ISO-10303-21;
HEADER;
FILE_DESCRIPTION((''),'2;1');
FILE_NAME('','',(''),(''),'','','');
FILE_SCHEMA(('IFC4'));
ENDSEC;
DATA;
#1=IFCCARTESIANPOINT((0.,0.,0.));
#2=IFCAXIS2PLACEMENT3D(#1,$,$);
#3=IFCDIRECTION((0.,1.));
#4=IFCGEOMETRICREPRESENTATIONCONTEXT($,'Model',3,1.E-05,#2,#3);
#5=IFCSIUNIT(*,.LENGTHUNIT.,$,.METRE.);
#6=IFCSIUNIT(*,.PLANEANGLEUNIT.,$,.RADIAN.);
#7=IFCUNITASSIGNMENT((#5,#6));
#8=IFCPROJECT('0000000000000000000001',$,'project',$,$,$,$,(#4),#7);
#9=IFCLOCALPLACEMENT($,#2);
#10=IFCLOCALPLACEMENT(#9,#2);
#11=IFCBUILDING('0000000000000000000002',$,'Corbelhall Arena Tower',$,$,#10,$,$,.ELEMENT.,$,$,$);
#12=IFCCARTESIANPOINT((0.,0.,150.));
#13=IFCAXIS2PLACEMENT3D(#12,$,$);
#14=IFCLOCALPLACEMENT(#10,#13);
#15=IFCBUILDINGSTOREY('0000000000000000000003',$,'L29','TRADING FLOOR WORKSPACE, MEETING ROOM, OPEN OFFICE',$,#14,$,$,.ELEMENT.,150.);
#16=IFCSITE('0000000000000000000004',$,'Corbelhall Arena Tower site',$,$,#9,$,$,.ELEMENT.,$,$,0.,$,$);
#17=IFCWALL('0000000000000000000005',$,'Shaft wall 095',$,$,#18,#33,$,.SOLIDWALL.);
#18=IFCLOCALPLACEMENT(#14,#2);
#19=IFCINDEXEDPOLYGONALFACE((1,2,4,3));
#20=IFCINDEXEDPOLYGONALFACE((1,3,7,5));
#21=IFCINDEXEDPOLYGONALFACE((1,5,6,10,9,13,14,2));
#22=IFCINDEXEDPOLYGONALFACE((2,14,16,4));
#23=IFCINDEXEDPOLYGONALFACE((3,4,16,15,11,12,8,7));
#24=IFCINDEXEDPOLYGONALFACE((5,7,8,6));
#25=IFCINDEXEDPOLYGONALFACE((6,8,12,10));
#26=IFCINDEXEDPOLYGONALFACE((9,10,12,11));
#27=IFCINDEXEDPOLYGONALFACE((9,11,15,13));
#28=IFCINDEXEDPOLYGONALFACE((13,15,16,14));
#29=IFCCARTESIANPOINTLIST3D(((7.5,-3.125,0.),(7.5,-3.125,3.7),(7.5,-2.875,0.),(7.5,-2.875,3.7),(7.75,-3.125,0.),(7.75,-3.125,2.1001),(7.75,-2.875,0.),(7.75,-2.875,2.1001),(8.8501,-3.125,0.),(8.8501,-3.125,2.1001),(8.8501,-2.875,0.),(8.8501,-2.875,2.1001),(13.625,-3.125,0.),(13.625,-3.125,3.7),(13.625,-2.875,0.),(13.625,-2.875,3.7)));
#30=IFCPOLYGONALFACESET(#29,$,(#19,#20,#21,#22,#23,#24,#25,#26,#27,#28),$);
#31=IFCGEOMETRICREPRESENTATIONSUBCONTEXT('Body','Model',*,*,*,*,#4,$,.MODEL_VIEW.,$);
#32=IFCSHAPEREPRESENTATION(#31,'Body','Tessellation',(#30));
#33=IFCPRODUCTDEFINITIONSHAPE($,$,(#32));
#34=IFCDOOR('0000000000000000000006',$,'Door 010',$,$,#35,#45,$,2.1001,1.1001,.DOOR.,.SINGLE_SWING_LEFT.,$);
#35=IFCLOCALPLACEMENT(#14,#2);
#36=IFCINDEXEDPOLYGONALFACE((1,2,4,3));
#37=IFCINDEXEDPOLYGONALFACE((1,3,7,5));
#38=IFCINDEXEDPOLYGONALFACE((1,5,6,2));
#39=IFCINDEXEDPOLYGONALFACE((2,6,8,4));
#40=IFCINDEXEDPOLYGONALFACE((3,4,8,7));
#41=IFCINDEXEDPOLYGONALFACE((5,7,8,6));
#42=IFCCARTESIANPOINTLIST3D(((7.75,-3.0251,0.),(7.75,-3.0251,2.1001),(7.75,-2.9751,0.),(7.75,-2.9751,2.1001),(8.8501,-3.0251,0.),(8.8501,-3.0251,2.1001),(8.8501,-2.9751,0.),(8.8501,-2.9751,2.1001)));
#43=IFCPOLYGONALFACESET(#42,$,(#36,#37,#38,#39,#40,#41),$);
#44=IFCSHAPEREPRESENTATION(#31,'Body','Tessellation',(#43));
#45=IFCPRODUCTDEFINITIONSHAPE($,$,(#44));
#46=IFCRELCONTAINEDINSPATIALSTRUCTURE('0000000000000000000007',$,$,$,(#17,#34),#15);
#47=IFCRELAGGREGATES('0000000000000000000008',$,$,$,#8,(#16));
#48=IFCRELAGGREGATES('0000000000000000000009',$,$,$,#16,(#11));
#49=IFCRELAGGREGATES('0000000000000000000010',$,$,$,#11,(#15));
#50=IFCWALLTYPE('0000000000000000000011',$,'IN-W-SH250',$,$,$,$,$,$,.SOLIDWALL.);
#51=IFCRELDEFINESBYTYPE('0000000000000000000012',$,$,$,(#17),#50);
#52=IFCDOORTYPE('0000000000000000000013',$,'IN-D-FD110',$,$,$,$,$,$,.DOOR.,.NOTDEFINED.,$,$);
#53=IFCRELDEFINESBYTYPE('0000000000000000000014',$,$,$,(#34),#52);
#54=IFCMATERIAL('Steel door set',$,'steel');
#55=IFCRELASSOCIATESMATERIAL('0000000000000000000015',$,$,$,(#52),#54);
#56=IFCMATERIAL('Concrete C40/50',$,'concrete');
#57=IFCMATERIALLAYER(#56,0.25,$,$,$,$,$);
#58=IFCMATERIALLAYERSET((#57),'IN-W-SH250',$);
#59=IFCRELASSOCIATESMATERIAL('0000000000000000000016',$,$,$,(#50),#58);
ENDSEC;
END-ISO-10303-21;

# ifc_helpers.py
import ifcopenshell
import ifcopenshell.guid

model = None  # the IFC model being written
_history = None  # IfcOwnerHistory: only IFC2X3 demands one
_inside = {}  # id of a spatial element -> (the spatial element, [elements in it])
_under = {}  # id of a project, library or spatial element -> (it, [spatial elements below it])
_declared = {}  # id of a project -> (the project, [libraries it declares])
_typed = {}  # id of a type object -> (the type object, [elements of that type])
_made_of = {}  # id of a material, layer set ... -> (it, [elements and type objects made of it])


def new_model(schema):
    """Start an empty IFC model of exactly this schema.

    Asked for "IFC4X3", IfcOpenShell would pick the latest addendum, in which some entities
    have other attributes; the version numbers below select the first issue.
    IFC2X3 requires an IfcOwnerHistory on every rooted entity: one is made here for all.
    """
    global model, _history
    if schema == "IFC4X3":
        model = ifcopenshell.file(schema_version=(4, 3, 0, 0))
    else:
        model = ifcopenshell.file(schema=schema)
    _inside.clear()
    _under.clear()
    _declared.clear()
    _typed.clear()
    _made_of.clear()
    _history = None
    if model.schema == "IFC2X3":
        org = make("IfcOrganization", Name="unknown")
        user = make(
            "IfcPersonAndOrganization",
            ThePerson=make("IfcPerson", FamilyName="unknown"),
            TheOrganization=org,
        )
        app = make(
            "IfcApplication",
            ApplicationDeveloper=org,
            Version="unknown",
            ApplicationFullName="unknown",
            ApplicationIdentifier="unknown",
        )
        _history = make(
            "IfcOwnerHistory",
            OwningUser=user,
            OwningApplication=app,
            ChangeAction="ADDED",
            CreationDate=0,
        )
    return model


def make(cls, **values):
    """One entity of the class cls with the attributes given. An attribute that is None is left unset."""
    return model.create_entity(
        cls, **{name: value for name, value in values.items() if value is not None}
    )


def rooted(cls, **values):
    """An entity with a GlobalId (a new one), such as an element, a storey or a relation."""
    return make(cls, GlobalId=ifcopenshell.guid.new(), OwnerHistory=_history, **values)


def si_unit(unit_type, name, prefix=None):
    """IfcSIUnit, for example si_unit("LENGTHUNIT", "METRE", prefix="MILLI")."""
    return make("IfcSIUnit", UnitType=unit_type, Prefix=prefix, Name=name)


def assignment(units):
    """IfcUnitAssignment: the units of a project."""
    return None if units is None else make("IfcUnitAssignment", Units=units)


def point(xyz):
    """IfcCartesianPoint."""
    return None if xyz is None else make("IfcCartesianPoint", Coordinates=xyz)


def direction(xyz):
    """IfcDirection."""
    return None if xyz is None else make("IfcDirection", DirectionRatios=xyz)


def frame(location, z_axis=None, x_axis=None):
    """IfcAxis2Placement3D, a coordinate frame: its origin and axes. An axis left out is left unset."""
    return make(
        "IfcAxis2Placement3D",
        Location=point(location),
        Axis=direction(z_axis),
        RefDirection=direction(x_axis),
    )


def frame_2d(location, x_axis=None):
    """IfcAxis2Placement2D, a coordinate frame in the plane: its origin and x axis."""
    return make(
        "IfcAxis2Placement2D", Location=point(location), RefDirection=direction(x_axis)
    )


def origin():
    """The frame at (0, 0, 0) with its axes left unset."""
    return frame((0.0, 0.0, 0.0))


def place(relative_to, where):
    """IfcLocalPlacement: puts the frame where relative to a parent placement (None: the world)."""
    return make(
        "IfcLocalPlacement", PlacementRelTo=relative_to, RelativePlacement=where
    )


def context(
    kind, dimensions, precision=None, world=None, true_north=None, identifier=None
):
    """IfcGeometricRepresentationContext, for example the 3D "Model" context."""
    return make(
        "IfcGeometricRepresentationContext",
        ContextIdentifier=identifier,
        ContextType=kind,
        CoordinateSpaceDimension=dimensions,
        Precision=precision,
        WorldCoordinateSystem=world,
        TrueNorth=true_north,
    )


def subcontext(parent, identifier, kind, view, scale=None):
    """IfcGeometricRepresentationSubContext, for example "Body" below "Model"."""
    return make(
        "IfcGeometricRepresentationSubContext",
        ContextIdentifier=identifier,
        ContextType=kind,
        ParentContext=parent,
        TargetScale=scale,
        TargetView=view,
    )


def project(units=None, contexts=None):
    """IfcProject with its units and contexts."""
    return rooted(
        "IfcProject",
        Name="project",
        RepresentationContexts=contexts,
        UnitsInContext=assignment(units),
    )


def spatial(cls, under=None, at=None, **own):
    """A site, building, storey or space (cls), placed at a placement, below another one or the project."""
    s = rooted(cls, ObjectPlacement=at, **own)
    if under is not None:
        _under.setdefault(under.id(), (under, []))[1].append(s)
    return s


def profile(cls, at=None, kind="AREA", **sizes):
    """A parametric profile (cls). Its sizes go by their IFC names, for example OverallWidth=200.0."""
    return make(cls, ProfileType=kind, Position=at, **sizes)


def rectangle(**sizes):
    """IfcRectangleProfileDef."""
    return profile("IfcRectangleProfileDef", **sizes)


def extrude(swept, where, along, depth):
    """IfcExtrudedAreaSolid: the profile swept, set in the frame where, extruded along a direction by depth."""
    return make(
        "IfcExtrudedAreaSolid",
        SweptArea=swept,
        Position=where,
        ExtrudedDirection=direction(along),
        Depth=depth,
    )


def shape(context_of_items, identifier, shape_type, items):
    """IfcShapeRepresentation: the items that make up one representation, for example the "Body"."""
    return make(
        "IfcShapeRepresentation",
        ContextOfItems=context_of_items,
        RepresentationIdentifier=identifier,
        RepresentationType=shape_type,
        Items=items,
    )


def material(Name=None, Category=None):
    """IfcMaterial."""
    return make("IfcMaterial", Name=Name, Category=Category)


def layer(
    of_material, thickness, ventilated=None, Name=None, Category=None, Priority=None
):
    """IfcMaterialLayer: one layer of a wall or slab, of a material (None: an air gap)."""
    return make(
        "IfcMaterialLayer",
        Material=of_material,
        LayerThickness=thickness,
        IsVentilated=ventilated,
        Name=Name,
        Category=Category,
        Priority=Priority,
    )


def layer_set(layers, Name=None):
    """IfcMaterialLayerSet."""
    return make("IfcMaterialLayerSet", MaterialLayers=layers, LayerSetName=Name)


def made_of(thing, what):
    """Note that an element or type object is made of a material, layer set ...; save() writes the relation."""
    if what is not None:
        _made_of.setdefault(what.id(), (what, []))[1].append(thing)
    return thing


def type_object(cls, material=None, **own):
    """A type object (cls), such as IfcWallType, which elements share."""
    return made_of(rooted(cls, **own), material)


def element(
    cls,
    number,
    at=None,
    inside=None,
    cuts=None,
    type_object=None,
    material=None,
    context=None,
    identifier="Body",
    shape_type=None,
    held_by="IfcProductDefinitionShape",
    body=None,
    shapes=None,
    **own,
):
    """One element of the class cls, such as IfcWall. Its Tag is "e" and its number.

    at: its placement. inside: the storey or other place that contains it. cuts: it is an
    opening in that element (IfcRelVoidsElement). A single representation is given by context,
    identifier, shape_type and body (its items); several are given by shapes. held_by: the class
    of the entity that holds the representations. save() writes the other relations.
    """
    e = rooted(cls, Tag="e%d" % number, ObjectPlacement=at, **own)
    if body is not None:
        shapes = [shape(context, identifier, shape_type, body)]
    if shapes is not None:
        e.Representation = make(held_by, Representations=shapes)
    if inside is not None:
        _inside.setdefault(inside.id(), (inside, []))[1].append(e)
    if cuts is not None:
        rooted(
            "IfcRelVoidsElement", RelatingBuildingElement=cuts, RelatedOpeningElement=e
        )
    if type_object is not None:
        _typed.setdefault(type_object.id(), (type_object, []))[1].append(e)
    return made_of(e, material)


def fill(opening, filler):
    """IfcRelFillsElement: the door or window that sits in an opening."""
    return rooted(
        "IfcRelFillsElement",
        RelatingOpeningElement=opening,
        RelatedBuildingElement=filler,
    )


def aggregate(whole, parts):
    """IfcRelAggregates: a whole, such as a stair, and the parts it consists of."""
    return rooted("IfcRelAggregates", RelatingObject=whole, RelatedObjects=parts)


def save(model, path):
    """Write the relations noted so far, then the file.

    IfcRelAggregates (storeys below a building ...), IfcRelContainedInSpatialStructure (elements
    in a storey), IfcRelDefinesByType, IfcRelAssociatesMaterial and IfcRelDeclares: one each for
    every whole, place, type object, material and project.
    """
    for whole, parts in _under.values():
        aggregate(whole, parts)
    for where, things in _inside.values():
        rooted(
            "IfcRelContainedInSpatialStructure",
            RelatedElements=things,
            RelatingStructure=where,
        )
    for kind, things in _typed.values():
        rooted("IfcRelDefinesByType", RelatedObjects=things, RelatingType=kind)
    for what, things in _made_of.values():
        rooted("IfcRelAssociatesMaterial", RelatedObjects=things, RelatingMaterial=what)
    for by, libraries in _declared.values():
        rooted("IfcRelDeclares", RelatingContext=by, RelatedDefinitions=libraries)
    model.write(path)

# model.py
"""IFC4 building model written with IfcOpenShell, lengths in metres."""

from ifc_helpers import new_model, si_unit, direction, frame, frame_2d, origin, place, context, subcontext, project, spatial, rectangle, extrude, material, layer, layer_set, type_object, element, fill, save


model = new_model("IFC4")

# Units and contexts
model_context = context("Model", 3, precision=1e-05, world=origin(), true_north=direction((0.0, 1.0)))
body_context = subcontext(model_context, "Body", "Model", "MODEL_VIEW")
ifc_project = project(units=[si_unit("LENGTHUNIT", "METRE"), si_unit("PLANEANGLEUNIT", "RADIAN")], contexts=[model_context])

# Site, building, storey
site_placement = place(None, origin())
site = spatial("IfcSite", under=ifc_project, at=site_placement, Name="Corbelhall Arena Tower site", CompositionType="ELEMENT", RefElevation=0.0)
building_placement = place(site_placement, origin())
building = spatial("IfcBuilding", under=site, at=building_placement, Name="Corbelhall Arena Tower", CompositionType="ELEMENT")
storey_placement = place(building_placement, frame((0.0, 0.0, 150.0)))
storey = spatial("IfcBuildingStorey", under=building, at=storey_placement, Name="L29", Description="TRADING FLOOR WORKSPACE, MEETING ROOM, OPEN OFFICE", CompositionType="ELEMENT", Elevation=150.0)

# Shared definitions
ifc_material_1 = material(Name="Concrete C40/50", Category="concrete")

# Shared definitions
ifc_material_2 = material(Name="Steel door set", Category="steel")
door_type = type_object("IfcDoorType", Name="IN-D-FD110", OperationType="NOTDEFINED", PredefinedType="DOOR", material=ifc_material_2)

# Wall, opening, door
ifc_layer_1 = layer(ifc_material_1, 0.25)
ifc_layer_set_1 = layer_set([ifc_layer_1], Name="IN-W-SH250")
wall_type_1 = type_object("IfcWallType", Name="IN-W-SH250", PredefinedType="SOLIDWALL", material=ifc_layer_set_1)
wall_1_placement = place(storey_placement, frame((7.5, -3.0, 0.0), z_axis=(0.0, 0.0, 1.0), x_axis=(1.0, 0.0, 0.0)))
wall_1 = element("IfcWall", 1, at=wall_1_placement, inside=storey, type_object=wall_type_1, Name="Shaft wall 095", PredefinedType="SOLIDWALL", context=body_context, shape_type="SweptSolid", body=[
    extrude(rectangle(XDim=6.125, YDim=0.25, at=frame_2d((3.0625, 0.0))), origin(), (0.0, 0.0, 1.0), 3.7),
])
opening_1_placement = place(wall_1_placement, frame((0.25, 0.0, 0.0)))
opening_1 = element("IfcOpeningElement", 2, at=opening_1_placement, cuts=wall_1, PredefinedType="OPENING", context=body_context, shape_type="SweptSolid", body=[
    extrude(rectangle(XDim=1.1001, YDim=2.1001, at=frame_2d((0.55, 1.05))), frame((0.0, 0.125, 0.0), z_axis=(0.0, -1.0, 0.0), x_axis=(1.0, 0.0, 0.0)), (0.0, 0.0, 1.0), 0.25),
])
door_1_placement = place(opening_1_placement, origin())
door_1 = element("IfcDoor", 3, at=door_1_placement, inside=storey, type_object=door_type, Name="Door 010", OperationType="SINGLE_SWING_LEFT", OverallHeight=2.1001, OverallWidth=1.1001, PredefinedType="DOOR", context=body_context, shape_type="SweptSolid", body=[
    extrude(rectangle(XDim=1.1001, YDim=2.1001, at=frame_2d((0.55, 1.05))), frame((0.0, 0.0249, 0.0), z_axis=(0.0, -1.0, 0.0), x_axis=(1.0, 0.0, 0.0)), (0.0, 0.0, 1.0), 0.05),
])
fill(opening_1, door_1)

save(model, "model.ifc")
